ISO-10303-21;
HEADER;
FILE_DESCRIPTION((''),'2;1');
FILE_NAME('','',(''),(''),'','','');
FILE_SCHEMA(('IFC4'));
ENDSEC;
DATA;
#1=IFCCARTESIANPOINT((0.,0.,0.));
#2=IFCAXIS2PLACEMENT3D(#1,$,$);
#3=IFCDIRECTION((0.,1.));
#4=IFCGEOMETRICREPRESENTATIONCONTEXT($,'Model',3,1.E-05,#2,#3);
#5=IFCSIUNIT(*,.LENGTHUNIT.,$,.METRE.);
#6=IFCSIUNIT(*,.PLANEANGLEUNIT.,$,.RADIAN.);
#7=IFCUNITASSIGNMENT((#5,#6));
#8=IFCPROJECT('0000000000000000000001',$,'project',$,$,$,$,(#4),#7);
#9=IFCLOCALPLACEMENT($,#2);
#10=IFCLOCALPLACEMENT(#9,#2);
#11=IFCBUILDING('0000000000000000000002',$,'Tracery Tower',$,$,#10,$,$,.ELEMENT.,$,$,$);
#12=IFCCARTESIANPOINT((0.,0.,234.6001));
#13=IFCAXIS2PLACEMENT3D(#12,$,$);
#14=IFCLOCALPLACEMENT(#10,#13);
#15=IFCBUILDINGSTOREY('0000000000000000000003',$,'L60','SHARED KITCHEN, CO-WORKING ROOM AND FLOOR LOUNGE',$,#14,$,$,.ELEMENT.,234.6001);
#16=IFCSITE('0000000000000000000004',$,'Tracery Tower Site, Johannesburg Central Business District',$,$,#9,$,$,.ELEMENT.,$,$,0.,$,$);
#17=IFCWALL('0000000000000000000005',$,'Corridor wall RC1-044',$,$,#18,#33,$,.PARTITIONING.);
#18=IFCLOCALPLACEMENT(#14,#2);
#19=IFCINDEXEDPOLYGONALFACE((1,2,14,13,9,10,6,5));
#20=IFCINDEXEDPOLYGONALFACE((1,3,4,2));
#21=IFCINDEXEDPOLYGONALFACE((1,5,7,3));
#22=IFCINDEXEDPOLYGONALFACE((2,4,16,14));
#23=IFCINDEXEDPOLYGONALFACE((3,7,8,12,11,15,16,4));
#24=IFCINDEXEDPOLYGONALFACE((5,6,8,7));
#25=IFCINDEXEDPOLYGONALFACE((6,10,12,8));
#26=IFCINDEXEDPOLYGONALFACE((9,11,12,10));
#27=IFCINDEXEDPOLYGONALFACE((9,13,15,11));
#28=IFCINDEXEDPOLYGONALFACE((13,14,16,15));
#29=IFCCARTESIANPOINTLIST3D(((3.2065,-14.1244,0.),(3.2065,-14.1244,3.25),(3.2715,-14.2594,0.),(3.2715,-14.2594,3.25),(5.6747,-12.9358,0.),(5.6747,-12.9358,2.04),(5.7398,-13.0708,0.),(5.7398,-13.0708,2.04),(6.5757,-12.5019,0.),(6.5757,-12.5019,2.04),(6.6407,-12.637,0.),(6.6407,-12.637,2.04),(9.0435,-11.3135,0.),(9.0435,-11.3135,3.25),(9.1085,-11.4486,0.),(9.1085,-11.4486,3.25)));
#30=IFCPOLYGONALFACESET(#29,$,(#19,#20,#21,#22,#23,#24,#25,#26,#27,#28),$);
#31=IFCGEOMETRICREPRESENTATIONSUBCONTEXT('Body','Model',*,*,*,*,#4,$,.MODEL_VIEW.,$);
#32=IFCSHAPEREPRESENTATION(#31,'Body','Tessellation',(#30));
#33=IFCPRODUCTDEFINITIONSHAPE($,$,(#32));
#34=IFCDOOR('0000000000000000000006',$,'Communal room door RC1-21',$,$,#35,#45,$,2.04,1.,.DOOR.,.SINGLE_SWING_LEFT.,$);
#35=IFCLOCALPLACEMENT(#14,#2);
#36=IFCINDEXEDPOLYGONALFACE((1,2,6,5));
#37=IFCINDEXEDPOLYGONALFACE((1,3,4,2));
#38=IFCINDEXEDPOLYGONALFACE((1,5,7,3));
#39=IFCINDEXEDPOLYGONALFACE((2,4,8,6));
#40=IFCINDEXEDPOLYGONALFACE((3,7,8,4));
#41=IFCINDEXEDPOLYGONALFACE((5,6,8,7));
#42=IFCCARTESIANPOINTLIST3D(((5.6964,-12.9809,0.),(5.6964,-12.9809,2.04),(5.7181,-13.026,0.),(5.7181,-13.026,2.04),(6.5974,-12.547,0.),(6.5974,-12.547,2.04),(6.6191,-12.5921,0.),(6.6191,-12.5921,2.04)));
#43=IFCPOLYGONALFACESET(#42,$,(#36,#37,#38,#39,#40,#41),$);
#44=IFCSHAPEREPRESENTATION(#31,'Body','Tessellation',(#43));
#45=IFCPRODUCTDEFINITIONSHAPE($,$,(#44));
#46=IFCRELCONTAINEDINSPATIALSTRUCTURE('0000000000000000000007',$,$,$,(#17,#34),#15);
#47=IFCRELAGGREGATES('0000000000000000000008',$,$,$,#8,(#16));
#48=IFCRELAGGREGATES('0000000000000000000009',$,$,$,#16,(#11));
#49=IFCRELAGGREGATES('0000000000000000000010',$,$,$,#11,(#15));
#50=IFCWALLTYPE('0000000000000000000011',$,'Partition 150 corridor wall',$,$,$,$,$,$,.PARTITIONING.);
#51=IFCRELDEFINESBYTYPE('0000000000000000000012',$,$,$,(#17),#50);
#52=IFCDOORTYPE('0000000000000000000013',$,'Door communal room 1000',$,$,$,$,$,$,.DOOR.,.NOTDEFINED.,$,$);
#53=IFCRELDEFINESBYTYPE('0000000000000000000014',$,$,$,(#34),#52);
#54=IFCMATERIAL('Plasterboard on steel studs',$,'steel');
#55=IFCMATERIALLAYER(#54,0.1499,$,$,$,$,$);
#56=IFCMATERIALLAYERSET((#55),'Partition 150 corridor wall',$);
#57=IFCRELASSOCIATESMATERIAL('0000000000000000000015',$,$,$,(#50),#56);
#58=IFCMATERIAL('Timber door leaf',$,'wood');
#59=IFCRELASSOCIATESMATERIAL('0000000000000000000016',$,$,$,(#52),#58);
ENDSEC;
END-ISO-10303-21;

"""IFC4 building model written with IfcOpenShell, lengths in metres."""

from ifc_helpers import new_model, si_unit, direction, frame, frame_2d, origin, place, context, subcontext, project, spatial, rectangle, extrude, material, layer, layer_set, type_object, element, fill, save


model = new_model("IFC4")

# Units and contexts
model_context = context("Model", 3, precision=1e-05, world=origin(), true_north=direction((0.0, 1.0)))
body_context = subcontext(model_context, "Body", "Model", "MODEL_VIEW")
ifc_project = project(units=[si_unit("LENGTHUNIT", "METRE"), si_unit("PLANEANGLEUNIT", "RADIAN")], contexts=[model_context])

# Site, building, storey
site_placement = place(None, origin())
site = spatial("IfcSite", under=ifc_project, at=site_placement, Name="Tracery Tower Site, Johannesburg Central Business District", CompositionType="ELEMENT", RefElevation=0.0)
building_placement = place(site_placement, origin())
building = spatial("IfcBuilding", under=site, at=building_placement, Name="Tracery Tower", CompositionType="ELEMENT")
storey_placement = place(building_placement, frame((0.0, 0.0, 234.6001)))
storey = spatial("IfcBuildingStorey", under=building, at=storey_placement, Name="L60", Description="SHARED KITCHEN, CO-WORKING ROOM AND FLOOR LOUNGE", CompositionType="ELEMENT", Elevation=234.6001)

# Shared definitions
ifc_material_1 = material(Name="Plasterboard on steel studs", Category="steel")
ifc_layer_1 = layer(ifc_material_1, 0.1499)
ifc_layer_set_1 = layer_set([ifc_layer_1], Name="Partition 150 corridor wall")
wall_type_1 = type_object("IfcWallType", Name="Partition 150 corridor wall", PredefinedType="PARTITIONING", material=ifc_layer_set_1)

# Wall, opening, door
wall_1_placement = place(storey_placement, frame((3.239, -14.1919, 0.0), z_axis=(0.0, 0.0, 1.0), x_axis=(0.900976, 0.433869, 0.0)))
wall_1 = element("IfcWall", 1, at=wall_1_placement, inside=storey, type_object=wall_type_1, Name="Corridor wall RC1-044", PredefinedType="PARTITIONING", context=body_context, shape_type="SweptSolid", body=[
    extrude(rectangle(XDim=6.4785, YDim=0.1499, at=frame_2d((3.2393, 0.0))), origin(), (0.0, 0.0, 1.0), 3.25),
])
opening_1_placement = place(wall_1_placement, frame((2.7395, 0.0, 0.0)))
opening_1 = element("IfcOpeningElement", 2, at=opening_1_placement, cuts=wall_1, PredefinedType="OPENING", context=body_context, shape_type="SweptSolid", body=[
    extrude(rectangle(XDim=1.0, YDim=2.04, at=frame_2d((0.5, 1.02))), frame((0.0, 0.075, 0.0), z_axis=(0.0, -1.0, 0.0), x_axis=(1.0, 0.0, 0.0)), (0.0, 0.0, 1.0), 0.1499),
])
ifc_material_2 = material(Name="Timber door leaf", Category="wood")
door_type = type_object("IfcDoorType", Name="Door communal room 1000", OperationType="NOTDEFINED", PredefinedType="DOOR", material=ifc_material_2)
door_placement = place(opening_1_placement, origin())
door = element("IfcDoor", 3, at=door_placement, inside=storey, type_object=door_type, Name="Communal room door RC1-21", OperationType="SINGLE_SWING_LEFT", OverallHeight=2.04, OverallWidth=1.0, PredefinedType="DOOR", context=body_context, shape_type="SweptSolid", body=[
    extrude(rectangle(XDim=1.0, YDim=2.04, at=frame_2d((0.5, 1.02))), frame((0.0, 0.0249, 0.0), z_axis=(0.0, -1.0, 0.0), x_axis=(1.0, 0.0, 0.0)), (0.0, 0.0, 1.0), 0.05),
])
fill(opening_1, door)

save(model, "model.ifc")
